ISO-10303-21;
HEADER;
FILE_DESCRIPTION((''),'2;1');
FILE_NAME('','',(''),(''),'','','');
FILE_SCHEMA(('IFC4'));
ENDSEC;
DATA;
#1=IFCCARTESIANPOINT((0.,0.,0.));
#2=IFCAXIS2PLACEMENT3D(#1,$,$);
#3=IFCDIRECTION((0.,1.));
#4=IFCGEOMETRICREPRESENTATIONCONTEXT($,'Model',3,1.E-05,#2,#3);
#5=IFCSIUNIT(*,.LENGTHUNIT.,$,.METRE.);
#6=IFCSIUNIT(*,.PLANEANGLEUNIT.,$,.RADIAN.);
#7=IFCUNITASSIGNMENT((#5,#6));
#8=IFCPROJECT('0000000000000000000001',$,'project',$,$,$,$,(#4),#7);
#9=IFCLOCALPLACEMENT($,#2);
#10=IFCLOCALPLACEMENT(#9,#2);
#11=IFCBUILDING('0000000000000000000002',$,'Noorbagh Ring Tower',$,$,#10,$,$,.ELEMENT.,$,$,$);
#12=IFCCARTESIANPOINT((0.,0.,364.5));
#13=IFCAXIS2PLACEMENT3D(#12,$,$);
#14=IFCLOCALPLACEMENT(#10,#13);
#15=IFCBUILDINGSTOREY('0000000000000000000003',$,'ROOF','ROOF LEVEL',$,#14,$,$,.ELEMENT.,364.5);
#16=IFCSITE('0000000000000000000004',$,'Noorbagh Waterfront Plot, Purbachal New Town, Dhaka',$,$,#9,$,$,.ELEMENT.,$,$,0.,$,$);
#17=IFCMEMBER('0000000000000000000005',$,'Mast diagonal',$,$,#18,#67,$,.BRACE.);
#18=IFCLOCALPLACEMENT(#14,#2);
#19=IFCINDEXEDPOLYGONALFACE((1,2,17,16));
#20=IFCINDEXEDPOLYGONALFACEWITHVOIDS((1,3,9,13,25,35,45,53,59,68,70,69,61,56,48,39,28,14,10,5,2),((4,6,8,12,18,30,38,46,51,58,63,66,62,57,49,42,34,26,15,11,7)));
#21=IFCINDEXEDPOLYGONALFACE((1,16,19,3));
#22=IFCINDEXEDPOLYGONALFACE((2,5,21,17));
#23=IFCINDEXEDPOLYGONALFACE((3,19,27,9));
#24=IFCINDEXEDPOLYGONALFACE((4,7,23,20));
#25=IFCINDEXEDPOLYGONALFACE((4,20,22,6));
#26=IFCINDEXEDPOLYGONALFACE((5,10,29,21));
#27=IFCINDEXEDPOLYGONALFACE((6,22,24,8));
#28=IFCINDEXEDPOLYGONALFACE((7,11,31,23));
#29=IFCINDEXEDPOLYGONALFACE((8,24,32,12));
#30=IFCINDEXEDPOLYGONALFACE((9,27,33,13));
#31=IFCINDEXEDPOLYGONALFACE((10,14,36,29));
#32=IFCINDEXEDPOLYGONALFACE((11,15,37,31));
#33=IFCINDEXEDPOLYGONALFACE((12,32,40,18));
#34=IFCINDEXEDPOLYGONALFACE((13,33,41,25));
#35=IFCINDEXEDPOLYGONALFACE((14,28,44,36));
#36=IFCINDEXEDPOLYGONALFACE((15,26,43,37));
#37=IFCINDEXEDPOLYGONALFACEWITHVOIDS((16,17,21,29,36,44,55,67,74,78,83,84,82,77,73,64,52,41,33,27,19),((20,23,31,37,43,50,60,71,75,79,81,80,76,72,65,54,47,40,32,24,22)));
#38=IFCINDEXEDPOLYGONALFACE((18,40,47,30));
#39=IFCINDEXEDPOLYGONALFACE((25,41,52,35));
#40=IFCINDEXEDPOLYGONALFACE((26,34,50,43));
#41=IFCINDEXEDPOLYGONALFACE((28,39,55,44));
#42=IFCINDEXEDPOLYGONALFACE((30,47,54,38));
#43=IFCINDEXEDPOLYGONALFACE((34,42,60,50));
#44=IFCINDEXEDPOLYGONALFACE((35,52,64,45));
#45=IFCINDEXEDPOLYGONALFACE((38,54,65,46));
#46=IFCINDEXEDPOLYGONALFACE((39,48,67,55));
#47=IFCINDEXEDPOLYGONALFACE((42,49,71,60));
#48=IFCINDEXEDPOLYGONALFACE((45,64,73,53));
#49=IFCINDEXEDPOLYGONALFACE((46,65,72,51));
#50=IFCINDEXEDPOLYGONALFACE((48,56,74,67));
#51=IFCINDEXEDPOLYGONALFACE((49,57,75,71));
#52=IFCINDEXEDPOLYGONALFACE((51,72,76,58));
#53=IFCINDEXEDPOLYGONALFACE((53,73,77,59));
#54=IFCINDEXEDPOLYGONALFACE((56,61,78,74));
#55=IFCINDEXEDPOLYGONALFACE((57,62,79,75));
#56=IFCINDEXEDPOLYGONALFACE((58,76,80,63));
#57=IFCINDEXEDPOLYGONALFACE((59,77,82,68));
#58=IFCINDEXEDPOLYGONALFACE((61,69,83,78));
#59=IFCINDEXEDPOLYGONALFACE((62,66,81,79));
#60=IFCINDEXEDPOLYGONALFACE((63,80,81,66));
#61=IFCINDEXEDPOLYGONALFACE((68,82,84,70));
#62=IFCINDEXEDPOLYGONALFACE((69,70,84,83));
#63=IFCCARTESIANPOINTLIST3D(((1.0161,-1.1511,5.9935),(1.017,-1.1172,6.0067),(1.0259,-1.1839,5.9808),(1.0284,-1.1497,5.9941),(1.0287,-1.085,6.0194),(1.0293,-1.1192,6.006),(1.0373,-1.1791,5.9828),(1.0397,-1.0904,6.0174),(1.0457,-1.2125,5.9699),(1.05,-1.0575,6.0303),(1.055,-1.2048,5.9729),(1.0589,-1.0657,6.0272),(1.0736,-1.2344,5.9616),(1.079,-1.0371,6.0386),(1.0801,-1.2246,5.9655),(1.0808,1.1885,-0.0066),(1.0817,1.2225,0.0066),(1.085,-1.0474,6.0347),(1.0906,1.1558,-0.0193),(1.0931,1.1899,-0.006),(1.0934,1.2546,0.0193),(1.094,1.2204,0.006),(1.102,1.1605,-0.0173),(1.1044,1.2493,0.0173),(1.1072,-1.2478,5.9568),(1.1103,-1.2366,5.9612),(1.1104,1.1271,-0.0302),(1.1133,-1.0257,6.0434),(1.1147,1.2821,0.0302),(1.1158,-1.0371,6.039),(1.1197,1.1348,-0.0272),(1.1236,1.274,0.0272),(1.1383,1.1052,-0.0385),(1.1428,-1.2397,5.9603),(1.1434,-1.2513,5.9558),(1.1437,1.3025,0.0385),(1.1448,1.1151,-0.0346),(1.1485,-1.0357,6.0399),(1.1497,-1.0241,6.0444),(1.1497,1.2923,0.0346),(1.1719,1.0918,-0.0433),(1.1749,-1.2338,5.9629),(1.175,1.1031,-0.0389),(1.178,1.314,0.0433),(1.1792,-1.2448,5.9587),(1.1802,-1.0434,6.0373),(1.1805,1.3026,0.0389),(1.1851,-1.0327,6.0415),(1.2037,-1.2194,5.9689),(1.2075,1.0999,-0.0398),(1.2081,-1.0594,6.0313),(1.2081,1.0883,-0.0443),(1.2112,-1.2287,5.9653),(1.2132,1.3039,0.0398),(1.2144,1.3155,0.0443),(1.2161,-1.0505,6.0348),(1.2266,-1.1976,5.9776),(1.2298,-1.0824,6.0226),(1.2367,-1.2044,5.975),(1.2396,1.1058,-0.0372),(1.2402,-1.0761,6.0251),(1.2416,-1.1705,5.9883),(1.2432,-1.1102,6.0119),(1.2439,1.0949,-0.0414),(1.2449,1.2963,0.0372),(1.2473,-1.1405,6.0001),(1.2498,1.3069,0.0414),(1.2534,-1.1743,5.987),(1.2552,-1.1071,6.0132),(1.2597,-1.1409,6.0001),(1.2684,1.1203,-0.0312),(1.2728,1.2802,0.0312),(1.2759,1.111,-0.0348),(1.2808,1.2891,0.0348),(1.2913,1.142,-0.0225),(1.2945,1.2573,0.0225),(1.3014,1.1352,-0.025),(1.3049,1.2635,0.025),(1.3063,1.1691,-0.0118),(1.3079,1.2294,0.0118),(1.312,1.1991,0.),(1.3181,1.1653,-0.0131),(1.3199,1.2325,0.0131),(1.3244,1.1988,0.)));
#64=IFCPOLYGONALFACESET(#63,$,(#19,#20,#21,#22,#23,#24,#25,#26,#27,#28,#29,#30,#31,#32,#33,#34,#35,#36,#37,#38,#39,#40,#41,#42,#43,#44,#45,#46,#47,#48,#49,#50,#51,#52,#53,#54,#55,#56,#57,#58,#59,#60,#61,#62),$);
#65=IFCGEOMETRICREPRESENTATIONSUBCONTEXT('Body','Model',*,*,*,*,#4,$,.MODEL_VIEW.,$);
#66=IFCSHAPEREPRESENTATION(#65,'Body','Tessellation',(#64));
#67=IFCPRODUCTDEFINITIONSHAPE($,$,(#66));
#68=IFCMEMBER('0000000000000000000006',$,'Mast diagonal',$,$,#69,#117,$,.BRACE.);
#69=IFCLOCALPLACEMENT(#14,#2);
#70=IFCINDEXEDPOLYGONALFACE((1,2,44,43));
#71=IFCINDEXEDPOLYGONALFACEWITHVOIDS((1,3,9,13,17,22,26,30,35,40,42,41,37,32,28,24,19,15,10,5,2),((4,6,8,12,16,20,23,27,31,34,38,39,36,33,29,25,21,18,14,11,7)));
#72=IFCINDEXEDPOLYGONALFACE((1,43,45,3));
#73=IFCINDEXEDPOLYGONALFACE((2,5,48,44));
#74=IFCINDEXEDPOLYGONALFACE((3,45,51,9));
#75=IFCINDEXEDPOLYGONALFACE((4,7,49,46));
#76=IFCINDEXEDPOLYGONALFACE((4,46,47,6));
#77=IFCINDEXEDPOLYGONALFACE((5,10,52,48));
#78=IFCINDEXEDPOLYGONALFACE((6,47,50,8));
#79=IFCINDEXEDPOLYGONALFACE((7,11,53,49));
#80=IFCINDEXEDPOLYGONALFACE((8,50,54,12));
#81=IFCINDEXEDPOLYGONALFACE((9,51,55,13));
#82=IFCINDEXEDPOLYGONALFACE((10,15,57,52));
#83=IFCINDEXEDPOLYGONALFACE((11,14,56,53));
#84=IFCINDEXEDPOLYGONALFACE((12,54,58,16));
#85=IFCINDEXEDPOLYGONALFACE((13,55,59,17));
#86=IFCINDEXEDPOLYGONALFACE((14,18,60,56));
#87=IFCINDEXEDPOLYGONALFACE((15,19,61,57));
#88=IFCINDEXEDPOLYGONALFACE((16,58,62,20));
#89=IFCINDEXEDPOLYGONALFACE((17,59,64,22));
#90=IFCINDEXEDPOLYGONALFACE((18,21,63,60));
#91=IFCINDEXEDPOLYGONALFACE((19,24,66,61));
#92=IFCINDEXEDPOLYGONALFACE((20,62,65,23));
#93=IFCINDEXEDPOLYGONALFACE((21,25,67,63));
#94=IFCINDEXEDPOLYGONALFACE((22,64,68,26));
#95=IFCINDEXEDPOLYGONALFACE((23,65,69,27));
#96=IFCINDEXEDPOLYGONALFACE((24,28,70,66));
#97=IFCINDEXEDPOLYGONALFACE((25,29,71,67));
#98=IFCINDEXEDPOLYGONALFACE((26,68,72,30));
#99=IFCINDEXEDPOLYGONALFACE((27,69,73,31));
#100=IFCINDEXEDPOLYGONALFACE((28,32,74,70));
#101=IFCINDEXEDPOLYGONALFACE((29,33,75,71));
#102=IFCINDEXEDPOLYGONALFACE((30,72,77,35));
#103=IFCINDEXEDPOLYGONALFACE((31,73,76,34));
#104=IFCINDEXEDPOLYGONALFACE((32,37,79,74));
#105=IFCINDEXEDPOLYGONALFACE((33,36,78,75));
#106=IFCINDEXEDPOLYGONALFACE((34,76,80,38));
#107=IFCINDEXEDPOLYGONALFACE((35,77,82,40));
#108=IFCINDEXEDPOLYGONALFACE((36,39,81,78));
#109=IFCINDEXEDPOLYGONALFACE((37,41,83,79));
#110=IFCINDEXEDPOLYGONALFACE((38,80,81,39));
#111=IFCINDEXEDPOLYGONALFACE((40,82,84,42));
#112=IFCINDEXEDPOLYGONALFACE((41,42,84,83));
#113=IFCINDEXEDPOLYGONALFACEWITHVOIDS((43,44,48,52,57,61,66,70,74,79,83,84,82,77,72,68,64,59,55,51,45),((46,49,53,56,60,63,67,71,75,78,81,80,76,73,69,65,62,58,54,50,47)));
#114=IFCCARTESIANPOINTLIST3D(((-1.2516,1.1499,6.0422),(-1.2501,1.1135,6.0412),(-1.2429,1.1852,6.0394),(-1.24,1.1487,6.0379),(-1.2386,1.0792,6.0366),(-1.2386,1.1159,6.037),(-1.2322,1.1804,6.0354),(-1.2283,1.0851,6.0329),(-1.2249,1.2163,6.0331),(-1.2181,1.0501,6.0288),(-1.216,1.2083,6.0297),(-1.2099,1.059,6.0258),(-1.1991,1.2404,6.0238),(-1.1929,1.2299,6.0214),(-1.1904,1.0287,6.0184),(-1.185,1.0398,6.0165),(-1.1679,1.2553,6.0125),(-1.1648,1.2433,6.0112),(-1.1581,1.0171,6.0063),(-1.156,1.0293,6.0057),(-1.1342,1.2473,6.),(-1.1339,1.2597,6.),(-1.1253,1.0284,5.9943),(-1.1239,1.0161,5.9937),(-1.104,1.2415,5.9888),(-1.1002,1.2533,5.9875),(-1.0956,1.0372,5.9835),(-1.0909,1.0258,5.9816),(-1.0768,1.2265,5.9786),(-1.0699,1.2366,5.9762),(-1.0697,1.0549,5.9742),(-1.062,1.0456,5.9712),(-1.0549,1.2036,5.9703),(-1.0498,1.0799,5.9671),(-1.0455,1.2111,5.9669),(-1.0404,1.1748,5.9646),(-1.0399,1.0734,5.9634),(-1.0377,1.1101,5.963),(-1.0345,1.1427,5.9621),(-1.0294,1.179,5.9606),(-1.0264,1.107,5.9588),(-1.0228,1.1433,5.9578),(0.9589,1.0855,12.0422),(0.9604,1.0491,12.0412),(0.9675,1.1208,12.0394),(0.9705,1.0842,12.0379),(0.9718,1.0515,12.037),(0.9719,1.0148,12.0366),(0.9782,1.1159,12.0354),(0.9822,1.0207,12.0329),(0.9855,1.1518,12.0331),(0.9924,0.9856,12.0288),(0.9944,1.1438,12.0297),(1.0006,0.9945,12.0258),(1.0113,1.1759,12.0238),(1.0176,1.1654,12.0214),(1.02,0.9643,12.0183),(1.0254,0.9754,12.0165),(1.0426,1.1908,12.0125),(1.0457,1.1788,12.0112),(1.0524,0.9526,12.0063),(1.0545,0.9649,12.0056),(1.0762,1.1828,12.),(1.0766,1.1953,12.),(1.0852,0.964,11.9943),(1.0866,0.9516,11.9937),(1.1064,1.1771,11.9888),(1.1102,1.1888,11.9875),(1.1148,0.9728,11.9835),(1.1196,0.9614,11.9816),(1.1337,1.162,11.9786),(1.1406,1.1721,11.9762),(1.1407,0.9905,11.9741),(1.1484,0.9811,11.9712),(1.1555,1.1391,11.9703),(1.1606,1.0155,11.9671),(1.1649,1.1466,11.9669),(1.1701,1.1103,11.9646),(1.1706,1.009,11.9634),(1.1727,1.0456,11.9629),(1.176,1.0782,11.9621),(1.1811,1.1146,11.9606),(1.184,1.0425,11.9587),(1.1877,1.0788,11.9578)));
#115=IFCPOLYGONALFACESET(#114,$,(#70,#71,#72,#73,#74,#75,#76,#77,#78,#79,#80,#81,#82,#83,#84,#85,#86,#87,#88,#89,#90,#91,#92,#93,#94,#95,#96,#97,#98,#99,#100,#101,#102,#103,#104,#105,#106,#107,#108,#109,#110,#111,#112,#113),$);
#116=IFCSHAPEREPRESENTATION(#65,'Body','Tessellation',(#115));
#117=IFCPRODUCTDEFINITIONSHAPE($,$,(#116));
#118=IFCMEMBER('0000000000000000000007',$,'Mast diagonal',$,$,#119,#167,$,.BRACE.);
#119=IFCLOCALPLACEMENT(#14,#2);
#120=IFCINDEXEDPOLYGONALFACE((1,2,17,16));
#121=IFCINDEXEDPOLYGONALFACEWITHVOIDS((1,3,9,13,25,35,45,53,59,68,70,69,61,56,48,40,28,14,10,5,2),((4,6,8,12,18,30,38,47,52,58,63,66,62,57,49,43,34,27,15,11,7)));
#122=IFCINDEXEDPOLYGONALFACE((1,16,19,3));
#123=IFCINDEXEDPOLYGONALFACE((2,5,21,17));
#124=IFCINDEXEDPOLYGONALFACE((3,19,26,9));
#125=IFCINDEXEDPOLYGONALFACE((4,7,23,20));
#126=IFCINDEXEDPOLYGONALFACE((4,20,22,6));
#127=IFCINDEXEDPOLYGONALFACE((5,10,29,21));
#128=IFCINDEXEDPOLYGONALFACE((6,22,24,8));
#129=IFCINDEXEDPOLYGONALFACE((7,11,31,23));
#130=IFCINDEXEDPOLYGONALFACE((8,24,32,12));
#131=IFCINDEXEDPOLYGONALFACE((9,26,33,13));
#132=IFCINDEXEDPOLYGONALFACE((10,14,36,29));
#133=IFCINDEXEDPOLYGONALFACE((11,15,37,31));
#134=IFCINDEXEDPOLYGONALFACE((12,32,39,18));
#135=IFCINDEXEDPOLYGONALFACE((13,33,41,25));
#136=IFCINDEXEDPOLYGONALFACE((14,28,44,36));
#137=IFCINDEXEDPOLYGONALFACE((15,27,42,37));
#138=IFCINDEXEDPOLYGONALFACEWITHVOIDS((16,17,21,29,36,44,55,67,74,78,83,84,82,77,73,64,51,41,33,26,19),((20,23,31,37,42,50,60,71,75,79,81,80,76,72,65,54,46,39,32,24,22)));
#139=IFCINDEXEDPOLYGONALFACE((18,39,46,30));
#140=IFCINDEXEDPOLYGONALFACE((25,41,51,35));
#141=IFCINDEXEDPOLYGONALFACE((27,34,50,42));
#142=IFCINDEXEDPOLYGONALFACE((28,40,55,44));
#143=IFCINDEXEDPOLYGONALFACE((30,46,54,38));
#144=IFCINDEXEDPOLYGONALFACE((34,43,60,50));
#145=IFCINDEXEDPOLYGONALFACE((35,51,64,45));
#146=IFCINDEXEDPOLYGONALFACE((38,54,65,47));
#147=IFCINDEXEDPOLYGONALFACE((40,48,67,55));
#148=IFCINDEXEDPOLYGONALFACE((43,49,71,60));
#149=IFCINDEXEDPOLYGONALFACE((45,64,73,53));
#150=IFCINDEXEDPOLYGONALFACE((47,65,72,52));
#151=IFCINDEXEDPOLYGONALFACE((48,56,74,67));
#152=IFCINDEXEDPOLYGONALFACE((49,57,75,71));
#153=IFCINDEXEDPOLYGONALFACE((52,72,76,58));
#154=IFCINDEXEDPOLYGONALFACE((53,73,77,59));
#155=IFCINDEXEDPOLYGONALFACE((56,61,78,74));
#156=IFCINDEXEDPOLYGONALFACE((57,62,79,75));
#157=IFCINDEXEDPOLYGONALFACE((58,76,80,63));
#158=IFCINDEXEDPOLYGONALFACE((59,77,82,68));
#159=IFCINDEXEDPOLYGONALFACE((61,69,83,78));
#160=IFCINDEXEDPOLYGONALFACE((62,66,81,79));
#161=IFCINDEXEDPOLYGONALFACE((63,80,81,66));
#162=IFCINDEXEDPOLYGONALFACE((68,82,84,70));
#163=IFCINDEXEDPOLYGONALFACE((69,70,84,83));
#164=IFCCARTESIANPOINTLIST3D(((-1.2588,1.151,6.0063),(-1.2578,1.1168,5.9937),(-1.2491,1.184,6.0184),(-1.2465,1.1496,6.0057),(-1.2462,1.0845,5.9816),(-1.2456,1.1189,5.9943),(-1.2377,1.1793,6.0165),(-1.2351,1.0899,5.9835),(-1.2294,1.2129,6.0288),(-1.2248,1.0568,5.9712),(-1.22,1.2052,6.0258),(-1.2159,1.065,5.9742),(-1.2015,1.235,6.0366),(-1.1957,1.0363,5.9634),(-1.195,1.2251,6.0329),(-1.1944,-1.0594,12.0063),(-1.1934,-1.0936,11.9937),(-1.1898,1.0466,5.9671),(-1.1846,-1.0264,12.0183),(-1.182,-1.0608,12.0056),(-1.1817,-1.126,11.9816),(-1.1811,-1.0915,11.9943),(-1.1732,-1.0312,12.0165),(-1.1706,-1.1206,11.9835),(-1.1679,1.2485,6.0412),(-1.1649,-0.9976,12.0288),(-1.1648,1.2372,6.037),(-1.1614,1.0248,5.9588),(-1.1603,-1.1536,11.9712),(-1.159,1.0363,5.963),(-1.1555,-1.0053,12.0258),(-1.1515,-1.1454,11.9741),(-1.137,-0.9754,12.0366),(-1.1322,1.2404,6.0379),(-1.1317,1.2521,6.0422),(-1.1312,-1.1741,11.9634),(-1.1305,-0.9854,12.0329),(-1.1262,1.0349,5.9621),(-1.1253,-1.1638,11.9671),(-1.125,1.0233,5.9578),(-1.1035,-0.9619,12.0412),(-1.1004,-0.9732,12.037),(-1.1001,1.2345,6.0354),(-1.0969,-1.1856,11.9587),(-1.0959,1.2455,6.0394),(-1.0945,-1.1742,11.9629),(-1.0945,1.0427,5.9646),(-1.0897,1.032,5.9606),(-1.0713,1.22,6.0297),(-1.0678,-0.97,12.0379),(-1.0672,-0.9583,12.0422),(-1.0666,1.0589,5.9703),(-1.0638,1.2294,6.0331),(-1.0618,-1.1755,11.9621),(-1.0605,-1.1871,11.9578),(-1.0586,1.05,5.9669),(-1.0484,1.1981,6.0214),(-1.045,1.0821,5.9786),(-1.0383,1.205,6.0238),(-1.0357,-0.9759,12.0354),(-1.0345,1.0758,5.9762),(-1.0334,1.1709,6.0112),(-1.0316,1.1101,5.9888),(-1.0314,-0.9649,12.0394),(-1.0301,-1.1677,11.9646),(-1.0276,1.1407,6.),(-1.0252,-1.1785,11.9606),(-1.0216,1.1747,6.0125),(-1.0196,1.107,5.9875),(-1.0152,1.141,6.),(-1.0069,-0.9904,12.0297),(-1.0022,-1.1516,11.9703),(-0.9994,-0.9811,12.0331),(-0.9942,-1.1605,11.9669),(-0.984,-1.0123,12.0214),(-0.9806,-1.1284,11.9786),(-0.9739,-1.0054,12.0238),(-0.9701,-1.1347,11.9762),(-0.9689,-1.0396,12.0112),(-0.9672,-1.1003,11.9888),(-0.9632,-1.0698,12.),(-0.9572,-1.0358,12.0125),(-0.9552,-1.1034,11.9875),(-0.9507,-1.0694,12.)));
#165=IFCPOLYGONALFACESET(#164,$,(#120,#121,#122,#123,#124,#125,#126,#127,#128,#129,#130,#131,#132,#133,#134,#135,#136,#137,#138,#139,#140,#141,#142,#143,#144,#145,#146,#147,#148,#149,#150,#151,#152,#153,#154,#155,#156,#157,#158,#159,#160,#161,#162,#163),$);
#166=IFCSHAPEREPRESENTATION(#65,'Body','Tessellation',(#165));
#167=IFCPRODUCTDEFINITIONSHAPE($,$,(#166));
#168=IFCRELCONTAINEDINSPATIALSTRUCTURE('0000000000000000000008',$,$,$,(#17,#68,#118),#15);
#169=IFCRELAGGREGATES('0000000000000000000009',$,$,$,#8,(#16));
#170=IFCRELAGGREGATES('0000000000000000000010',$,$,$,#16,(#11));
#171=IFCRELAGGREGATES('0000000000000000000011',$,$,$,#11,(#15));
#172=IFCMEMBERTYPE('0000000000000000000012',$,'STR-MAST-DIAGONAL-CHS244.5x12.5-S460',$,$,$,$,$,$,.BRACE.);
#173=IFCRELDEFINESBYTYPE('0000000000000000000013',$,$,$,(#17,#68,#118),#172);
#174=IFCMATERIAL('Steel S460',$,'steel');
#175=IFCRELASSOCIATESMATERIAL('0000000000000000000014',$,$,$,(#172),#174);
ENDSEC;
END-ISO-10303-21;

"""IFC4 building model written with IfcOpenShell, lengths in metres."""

from ifc_helpers import new_model, si_unit, direction, frame, origin, origin_2d, place, context, subcontext, project, spatial, hollow_circle, extrude, material, material_profile, profile_set, type_object, element, save


model = new_model("IFC4")

# Units and contexts
model_context = context("Model", 3, precision=1e-05, world=origin(), true_north=direction((0.0, 1.0)))
body_context = subcontext(model_context, "Body", "Model", "MODEL_VIEW")
ifc_project = project(units=[si_unit("LENGTHUNIT", "METRE"), si_unit("PLANEANGLEUNIT", "RADIAN")], contexts=[model_context])

# Site, building, storey
site_placement = place(None, origin())
site = spatial("IfcSite", under=ifc_project, at=site_placement, Name="Noorbagh Waterfront Plot, Purbachal New Town, Dhaka", CompositionType="ELEMENT", RefElevation=0.0)
building_placement = place(site_placement, origin())
building = spatial("IfcBuilding", under=site, at=building_placement, Name="Noorbagh Ring Tower", CompositionType="ELEMENT")
storey_placement = place(building_placement, frame((0.0, 0.0, 364.5)))
storey = spatial("IfcBuildingStorey", under=building, at=storey_placement, Name="ROOF", Description="ROOF LEVEL", CompositionType="ELEMENT", Elevation=364.5)

# Members
ifc_material_1 = material(Name="Steel S460", Category="steel")
ifc_material_profile_1 = material_profile(ifc_material_1, hollow_circle(Radius=0.1223, WallThickness=0.0125, at=origin_2d()), Name="CHS244.5x12.5")
ifc_profile_set_1 = profile_set([ifc_material_profile_1], Name="Steel S460")
member_type_1 = type_object("IfcMemberType", Name="STR-MAST-DIAGONAL-CHS244.5x12.5-S460", PredefinedType="BRACE", material=ifc_profile_set_1)
for number, where, z_axis, x_axis, name in (
    (1, (1.2021, 1.2021, 0.0), (-0.010046, -0.363273, 0.931629), (0.999618, -0.027643, 0.0), "Mast diagonal"),
):
    element("IfcMember", number, at=place(storey_placement, frame(where, z_axis=z_axis, x_axis=x_axis)), inside=storey, type_object=member_type_1, Name=name, PredefinedType="BRACE", context=body_context, shape_type="SweptSolid", body=[
        extrude(hollow_circle(Radius=0.1223, WallThickness=0.0125, at=origin_2d()), origin(), (0.0, 0.0, 1.0), 6.4404),
    ])
for number, where, z_axis, x_axis, name in (
    (2, (-1.1375, 1.1375, 6.0), (0.345677, -0.010079, 0.938299), (0.029146, 0.999575, 0.0), "Mast diagonal"),
    (3, (-1.1375, 1.1375, 6.0), (0.010079, -0.345677, 0.938299), (0.999575, 0.029146, 0.0), "Mast diagonal"),
):
    element("IfcMember", number, at=place(storey_placement, frame(where, z_axis=z_axis, x_axis=x_axis)), inside=storey, type_object=member_type_1, Name=name, PredefinedType="BRACE", context=body_context, shape_type="SweptSolid", body=[
        extrude(hollow_circle(Radius=0.1223, WallThickness=0.0125, at=origin_2d()), origin(), (0.0, 0.0, 1.0), 6.3945),
    ])

save(model, "model.ifc")
